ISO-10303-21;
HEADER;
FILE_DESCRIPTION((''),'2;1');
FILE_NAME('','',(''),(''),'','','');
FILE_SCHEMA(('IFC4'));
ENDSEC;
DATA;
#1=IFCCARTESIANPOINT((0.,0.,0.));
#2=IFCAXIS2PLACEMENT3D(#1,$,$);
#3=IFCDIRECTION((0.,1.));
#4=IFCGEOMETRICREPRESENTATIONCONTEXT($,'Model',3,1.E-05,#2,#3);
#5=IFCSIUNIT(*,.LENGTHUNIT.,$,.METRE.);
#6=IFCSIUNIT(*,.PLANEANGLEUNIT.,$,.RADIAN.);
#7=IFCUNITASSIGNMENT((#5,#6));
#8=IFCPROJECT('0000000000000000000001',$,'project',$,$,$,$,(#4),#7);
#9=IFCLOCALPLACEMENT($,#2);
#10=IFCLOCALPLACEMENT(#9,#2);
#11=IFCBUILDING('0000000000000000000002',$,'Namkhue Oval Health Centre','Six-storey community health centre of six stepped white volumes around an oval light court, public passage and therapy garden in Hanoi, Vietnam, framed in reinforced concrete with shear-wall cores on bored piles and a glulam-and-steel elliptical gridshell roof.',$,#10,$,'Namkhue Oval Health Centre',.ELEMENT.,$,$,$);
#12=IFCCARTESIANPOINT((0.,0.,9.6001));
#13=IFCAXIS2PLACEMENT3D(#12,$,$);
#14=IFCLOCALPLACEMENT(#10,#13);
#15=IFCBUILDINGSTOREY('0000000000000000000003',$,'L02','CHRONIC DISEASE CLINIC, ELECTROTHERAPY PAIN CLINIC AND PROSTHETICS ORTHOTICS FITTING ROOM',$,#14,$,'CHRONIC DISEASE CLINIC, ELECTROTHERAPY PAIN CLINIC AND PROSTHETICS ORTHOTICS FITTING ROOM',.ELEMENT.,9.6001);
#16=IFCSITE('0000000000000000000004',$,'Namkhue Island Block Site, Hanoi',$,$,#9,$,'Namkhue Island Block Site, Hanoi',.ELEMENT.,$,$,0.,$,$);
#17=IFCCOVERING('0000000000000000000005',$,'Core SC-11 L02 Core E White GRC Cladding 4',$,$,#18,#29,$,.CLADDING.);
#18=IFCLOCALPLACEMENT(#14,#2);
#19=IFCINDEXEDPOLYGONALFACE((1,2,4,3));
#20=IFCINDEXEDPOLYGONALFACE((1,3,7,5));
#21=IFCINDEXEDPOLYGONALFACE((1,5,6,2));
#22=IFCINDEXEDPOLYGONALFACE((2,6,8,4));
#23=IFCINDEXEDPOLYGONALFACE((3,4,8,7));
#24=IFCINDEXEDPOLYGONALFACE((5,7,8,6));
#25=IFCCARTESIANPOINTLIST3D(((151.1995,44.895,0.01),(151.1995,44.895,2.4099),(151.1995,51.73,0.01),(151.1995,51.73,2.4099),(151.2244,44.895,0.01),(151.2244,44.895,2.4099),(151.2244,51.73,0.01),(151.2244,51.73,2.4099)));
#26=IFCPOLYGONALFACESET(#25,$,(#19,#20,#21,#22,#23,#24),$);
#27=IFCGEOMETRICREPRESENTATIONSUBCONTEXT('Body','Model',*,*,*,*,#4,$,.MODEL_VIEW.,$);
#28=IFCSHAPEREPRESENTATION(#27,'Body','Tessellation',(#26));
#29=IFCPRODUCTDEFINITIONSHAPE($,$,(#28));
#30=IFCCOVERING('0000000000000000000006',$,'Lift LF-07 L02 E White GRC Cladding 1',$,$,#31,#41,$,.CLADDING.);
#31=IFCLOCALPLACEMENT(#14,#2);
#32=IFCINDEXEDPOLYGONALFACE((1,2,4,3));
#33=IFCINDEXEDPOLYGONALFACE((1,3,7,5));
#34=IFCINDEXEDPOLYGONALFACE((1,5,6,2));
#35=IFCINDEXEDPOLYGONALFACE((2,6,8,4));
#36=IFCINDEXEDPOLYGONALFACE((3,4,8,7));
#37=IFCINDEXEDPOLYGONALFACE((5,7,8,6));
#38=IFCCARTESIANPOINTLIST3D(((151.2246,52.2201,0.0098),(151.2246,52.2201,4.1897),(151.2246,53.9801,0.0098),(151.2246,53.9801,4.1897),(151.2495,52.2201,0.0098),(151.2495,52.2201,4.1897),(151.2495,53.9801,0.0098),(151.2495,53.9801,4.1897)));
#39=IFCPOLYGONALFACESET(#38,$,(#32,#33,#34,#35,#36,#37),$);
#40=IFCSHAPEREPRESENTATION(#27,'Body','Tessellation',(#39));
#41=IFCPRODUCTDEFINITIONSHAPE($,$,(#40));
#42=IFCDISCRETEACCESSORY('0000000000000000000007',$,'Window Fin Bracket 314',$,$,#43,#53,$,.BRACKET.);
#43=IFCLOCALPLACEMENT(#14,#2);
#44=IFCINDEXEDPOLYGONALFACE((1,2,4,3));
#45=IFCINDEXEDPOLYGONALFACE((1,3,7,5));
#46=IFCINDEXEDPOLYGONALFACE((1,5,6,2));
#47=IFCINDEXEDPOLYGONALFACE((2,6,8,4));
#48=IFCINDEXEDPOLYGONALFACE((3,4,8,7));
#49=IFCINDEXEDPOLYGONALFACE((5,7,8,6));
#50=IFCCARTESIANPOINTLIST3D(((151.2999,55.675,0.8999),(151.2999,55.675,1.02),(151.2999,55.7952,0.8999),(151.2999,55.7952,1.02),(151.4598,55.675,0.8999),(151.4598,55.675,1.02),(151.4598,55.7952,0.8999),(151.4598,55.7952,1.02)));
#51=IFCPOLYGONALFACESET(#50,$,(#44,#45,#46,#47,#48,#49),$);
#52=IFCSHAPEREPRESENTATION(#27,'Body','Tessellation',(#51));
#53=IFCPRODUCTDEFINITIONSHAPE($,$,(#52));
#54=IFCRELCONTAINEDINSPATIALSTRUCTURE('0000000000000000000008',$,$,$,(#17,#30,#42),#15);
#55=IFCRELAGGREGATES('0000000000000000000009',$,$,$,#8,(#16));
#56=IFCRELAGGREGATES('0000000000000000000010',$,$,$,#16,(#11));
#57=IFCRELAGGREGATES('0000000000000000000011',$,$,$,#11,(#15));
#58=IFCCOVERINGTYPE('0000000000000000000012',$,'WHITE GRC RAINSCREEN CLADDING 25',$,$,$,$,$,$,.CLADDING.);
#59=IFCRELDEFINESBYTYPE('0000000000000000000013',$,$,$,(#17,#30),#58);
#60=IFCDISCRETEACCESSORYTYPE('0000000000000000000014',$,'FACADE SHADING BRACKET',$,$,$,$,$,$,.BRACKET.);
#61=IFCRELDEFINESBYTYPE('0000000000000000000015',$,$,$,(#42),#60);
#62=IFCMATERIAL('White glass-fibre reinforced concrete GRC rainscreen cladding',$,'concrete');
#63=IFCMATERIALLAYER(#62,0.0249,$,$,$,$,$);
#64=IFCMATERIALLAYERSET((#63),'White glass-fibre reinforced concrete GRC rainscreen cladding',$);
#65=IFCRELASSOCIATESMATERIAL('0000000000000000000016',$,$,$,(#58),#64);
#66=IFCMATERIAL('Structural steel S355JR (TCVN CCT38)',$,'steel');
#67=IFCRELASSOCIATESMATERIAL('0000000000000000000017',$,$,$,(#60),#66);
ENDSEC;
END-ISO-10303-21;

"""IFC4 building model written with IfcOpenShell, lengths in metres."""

from ifc_helpers import new_model, si_unit, direction, frame, origin, origin_2d, place, context, subcontext, project, spatial, rectangle, extrude, material, layer, layer_set, type_object, element, save


model = new_model("IFC4")

# Units and contexts
model_context = context("Model", 3, precision=1e-05, world=origin(), true_north=direction((0.0, 1.0)))
body_context = subcontext(model_context, "Body", "Model", "MODEL_VIEW")
ifc_project = project(units=[si_unit("LENGTHUNIT", "METRE"), si_unit("PLANEANGLEUNIT", "RADIAN")], contexts=[model_context])

# Site, building, storey
site_placement = place(None, origin())
site = spatial("IfcSite", under=ifc_project, at=site_placement, Name="Namkhue Island Block Site, Hanoi", LongName="Namkhue Island Block Site, Hanoi", CompositionType="ELEMENT", RefElevation=0.0)
building_placement = place(site_placement, origin())
building = spatial("IfcBuilding", under=site, at=building_placement, Name="Namkhue Oval Health Centre", Description="Six-storey community health centre of six stepped white volumes around an oval light court, public passage and therapy garden in Hanoi, Vietnam, framed in reinforced concrete with shear-wall cores on bored piles and a glulam-and-steel elliptical gridshell roof.", LongName="Namkhue Oval Health Centre", CompositionType="ELEMENT")
storey_placement = place(building_placement, frame((0.0, 0.0, 9.6001)))
storey = spatial("IfcBuildingStorey", under=building, at=storey_placement, Name="L02", Description="CHRONIC DISEASE CLINIC, ELECTROTHERAPY PAIN CLINIC AND PROSTHETICS ORTHOTICS FITTING ROOM", LongName="CHRONIC DISEASE CLINIC, ELECTROTHERAPY PAIN CLINIC AND PROSTHETICS ORTHOTICS FITTING ROOM", CompositionType="ELEMENT", Elevation=9.6001)

# Coverings
ifc_material_1 = material(Name="White glass-fibre reinforced concrete GRC rainscreen cladding", Category="concrete")
ifc_layer_1 = layer(ifc_material_1, 0.0249)
ifc_layer_set_1 = layer_set([ifc_layer_1], Name="White glass-fibre reinforced concrete GRC rainscreen cladding")
covering_type = type_object("IfcCoveringType", Name="WHITE GRC RAINSCREEN CLADDING 25", PredefinedType="CLADDING", material=ifc_layer_set_1)
covering_1_placement = place(storey_placement, frame((151.2119, 48.3125, 0.01), z_axis=(0.0, 0.0, 1.0), x_axis=(0.0, 1.0, 0.0)))
element("IfcCovering", 1, at=covering_1_placement, inside=storey, type_object=covering_type, Name="Core SC-11 L02 Core E White GRC Cladding 4", PredefinedType="CLADDING", context=body_context, shape_type="SweptSolid", body=[
    extrude(rectangle(XDim=6.835, YDim=0.0249, at=origin_2d()), origin(), (0.0, 0.0, 1.0), 2.3999),
])
covering_2_placement = place(storey_placement, frame((151.2371, 53.1001, 0.0098), z_axis=(0.0, 0.0, 1.0), x_axis=(0.0, 1.0, 0.0)))
element("IfcCovering", 2, at=covering_2_placement, inside=storey, type_object=covering_type, Name="Lift LF-07 L02 E White GRC Cladding 1", PredefinedType="CLADDING", context=body_context, shape_type="SweptSolid", body=[
    extrude(rectangle(XDim=1.76, YDim=0.0249, at=origin_2d()), origin(), (0.0, 0.0, 1.0), 4.1799),
])

# Discrete accessory
ifc_material_2 = material(Name="Structural steel S355JR (TCVN CCT38)", Category="steel")
discrete_accessory_type = type_object("IfcDiscreteAccessoryType", Name="FACADE SHADING BRACKET", PredefinedType="BRACKET", material=ifc_material_2)
discrete_accessory_placement = place(storey_placement, frame((151.3799, 55.7351, 0.8999), z_axis=(0.0, 0.0, 1.0), x_axis=(1.0, 0.0, 0.0)))
element("IfcDiscreteAccessory", 3, at=discrete_accessory_placement, inside=storey, type_object=discrete_accessory_type, Name="Window Fin Bracket 314", PredefinedType="BRACKET", context=body_context, shape_type="SweptSolid", body=[
    extrude(rectangle(XDim=0.1599, YDim=0.1201, at=origin_2d()), origin(), (0.0, 0.0, 1.0), 0.1201),
])

save(model, "model.ifc")
